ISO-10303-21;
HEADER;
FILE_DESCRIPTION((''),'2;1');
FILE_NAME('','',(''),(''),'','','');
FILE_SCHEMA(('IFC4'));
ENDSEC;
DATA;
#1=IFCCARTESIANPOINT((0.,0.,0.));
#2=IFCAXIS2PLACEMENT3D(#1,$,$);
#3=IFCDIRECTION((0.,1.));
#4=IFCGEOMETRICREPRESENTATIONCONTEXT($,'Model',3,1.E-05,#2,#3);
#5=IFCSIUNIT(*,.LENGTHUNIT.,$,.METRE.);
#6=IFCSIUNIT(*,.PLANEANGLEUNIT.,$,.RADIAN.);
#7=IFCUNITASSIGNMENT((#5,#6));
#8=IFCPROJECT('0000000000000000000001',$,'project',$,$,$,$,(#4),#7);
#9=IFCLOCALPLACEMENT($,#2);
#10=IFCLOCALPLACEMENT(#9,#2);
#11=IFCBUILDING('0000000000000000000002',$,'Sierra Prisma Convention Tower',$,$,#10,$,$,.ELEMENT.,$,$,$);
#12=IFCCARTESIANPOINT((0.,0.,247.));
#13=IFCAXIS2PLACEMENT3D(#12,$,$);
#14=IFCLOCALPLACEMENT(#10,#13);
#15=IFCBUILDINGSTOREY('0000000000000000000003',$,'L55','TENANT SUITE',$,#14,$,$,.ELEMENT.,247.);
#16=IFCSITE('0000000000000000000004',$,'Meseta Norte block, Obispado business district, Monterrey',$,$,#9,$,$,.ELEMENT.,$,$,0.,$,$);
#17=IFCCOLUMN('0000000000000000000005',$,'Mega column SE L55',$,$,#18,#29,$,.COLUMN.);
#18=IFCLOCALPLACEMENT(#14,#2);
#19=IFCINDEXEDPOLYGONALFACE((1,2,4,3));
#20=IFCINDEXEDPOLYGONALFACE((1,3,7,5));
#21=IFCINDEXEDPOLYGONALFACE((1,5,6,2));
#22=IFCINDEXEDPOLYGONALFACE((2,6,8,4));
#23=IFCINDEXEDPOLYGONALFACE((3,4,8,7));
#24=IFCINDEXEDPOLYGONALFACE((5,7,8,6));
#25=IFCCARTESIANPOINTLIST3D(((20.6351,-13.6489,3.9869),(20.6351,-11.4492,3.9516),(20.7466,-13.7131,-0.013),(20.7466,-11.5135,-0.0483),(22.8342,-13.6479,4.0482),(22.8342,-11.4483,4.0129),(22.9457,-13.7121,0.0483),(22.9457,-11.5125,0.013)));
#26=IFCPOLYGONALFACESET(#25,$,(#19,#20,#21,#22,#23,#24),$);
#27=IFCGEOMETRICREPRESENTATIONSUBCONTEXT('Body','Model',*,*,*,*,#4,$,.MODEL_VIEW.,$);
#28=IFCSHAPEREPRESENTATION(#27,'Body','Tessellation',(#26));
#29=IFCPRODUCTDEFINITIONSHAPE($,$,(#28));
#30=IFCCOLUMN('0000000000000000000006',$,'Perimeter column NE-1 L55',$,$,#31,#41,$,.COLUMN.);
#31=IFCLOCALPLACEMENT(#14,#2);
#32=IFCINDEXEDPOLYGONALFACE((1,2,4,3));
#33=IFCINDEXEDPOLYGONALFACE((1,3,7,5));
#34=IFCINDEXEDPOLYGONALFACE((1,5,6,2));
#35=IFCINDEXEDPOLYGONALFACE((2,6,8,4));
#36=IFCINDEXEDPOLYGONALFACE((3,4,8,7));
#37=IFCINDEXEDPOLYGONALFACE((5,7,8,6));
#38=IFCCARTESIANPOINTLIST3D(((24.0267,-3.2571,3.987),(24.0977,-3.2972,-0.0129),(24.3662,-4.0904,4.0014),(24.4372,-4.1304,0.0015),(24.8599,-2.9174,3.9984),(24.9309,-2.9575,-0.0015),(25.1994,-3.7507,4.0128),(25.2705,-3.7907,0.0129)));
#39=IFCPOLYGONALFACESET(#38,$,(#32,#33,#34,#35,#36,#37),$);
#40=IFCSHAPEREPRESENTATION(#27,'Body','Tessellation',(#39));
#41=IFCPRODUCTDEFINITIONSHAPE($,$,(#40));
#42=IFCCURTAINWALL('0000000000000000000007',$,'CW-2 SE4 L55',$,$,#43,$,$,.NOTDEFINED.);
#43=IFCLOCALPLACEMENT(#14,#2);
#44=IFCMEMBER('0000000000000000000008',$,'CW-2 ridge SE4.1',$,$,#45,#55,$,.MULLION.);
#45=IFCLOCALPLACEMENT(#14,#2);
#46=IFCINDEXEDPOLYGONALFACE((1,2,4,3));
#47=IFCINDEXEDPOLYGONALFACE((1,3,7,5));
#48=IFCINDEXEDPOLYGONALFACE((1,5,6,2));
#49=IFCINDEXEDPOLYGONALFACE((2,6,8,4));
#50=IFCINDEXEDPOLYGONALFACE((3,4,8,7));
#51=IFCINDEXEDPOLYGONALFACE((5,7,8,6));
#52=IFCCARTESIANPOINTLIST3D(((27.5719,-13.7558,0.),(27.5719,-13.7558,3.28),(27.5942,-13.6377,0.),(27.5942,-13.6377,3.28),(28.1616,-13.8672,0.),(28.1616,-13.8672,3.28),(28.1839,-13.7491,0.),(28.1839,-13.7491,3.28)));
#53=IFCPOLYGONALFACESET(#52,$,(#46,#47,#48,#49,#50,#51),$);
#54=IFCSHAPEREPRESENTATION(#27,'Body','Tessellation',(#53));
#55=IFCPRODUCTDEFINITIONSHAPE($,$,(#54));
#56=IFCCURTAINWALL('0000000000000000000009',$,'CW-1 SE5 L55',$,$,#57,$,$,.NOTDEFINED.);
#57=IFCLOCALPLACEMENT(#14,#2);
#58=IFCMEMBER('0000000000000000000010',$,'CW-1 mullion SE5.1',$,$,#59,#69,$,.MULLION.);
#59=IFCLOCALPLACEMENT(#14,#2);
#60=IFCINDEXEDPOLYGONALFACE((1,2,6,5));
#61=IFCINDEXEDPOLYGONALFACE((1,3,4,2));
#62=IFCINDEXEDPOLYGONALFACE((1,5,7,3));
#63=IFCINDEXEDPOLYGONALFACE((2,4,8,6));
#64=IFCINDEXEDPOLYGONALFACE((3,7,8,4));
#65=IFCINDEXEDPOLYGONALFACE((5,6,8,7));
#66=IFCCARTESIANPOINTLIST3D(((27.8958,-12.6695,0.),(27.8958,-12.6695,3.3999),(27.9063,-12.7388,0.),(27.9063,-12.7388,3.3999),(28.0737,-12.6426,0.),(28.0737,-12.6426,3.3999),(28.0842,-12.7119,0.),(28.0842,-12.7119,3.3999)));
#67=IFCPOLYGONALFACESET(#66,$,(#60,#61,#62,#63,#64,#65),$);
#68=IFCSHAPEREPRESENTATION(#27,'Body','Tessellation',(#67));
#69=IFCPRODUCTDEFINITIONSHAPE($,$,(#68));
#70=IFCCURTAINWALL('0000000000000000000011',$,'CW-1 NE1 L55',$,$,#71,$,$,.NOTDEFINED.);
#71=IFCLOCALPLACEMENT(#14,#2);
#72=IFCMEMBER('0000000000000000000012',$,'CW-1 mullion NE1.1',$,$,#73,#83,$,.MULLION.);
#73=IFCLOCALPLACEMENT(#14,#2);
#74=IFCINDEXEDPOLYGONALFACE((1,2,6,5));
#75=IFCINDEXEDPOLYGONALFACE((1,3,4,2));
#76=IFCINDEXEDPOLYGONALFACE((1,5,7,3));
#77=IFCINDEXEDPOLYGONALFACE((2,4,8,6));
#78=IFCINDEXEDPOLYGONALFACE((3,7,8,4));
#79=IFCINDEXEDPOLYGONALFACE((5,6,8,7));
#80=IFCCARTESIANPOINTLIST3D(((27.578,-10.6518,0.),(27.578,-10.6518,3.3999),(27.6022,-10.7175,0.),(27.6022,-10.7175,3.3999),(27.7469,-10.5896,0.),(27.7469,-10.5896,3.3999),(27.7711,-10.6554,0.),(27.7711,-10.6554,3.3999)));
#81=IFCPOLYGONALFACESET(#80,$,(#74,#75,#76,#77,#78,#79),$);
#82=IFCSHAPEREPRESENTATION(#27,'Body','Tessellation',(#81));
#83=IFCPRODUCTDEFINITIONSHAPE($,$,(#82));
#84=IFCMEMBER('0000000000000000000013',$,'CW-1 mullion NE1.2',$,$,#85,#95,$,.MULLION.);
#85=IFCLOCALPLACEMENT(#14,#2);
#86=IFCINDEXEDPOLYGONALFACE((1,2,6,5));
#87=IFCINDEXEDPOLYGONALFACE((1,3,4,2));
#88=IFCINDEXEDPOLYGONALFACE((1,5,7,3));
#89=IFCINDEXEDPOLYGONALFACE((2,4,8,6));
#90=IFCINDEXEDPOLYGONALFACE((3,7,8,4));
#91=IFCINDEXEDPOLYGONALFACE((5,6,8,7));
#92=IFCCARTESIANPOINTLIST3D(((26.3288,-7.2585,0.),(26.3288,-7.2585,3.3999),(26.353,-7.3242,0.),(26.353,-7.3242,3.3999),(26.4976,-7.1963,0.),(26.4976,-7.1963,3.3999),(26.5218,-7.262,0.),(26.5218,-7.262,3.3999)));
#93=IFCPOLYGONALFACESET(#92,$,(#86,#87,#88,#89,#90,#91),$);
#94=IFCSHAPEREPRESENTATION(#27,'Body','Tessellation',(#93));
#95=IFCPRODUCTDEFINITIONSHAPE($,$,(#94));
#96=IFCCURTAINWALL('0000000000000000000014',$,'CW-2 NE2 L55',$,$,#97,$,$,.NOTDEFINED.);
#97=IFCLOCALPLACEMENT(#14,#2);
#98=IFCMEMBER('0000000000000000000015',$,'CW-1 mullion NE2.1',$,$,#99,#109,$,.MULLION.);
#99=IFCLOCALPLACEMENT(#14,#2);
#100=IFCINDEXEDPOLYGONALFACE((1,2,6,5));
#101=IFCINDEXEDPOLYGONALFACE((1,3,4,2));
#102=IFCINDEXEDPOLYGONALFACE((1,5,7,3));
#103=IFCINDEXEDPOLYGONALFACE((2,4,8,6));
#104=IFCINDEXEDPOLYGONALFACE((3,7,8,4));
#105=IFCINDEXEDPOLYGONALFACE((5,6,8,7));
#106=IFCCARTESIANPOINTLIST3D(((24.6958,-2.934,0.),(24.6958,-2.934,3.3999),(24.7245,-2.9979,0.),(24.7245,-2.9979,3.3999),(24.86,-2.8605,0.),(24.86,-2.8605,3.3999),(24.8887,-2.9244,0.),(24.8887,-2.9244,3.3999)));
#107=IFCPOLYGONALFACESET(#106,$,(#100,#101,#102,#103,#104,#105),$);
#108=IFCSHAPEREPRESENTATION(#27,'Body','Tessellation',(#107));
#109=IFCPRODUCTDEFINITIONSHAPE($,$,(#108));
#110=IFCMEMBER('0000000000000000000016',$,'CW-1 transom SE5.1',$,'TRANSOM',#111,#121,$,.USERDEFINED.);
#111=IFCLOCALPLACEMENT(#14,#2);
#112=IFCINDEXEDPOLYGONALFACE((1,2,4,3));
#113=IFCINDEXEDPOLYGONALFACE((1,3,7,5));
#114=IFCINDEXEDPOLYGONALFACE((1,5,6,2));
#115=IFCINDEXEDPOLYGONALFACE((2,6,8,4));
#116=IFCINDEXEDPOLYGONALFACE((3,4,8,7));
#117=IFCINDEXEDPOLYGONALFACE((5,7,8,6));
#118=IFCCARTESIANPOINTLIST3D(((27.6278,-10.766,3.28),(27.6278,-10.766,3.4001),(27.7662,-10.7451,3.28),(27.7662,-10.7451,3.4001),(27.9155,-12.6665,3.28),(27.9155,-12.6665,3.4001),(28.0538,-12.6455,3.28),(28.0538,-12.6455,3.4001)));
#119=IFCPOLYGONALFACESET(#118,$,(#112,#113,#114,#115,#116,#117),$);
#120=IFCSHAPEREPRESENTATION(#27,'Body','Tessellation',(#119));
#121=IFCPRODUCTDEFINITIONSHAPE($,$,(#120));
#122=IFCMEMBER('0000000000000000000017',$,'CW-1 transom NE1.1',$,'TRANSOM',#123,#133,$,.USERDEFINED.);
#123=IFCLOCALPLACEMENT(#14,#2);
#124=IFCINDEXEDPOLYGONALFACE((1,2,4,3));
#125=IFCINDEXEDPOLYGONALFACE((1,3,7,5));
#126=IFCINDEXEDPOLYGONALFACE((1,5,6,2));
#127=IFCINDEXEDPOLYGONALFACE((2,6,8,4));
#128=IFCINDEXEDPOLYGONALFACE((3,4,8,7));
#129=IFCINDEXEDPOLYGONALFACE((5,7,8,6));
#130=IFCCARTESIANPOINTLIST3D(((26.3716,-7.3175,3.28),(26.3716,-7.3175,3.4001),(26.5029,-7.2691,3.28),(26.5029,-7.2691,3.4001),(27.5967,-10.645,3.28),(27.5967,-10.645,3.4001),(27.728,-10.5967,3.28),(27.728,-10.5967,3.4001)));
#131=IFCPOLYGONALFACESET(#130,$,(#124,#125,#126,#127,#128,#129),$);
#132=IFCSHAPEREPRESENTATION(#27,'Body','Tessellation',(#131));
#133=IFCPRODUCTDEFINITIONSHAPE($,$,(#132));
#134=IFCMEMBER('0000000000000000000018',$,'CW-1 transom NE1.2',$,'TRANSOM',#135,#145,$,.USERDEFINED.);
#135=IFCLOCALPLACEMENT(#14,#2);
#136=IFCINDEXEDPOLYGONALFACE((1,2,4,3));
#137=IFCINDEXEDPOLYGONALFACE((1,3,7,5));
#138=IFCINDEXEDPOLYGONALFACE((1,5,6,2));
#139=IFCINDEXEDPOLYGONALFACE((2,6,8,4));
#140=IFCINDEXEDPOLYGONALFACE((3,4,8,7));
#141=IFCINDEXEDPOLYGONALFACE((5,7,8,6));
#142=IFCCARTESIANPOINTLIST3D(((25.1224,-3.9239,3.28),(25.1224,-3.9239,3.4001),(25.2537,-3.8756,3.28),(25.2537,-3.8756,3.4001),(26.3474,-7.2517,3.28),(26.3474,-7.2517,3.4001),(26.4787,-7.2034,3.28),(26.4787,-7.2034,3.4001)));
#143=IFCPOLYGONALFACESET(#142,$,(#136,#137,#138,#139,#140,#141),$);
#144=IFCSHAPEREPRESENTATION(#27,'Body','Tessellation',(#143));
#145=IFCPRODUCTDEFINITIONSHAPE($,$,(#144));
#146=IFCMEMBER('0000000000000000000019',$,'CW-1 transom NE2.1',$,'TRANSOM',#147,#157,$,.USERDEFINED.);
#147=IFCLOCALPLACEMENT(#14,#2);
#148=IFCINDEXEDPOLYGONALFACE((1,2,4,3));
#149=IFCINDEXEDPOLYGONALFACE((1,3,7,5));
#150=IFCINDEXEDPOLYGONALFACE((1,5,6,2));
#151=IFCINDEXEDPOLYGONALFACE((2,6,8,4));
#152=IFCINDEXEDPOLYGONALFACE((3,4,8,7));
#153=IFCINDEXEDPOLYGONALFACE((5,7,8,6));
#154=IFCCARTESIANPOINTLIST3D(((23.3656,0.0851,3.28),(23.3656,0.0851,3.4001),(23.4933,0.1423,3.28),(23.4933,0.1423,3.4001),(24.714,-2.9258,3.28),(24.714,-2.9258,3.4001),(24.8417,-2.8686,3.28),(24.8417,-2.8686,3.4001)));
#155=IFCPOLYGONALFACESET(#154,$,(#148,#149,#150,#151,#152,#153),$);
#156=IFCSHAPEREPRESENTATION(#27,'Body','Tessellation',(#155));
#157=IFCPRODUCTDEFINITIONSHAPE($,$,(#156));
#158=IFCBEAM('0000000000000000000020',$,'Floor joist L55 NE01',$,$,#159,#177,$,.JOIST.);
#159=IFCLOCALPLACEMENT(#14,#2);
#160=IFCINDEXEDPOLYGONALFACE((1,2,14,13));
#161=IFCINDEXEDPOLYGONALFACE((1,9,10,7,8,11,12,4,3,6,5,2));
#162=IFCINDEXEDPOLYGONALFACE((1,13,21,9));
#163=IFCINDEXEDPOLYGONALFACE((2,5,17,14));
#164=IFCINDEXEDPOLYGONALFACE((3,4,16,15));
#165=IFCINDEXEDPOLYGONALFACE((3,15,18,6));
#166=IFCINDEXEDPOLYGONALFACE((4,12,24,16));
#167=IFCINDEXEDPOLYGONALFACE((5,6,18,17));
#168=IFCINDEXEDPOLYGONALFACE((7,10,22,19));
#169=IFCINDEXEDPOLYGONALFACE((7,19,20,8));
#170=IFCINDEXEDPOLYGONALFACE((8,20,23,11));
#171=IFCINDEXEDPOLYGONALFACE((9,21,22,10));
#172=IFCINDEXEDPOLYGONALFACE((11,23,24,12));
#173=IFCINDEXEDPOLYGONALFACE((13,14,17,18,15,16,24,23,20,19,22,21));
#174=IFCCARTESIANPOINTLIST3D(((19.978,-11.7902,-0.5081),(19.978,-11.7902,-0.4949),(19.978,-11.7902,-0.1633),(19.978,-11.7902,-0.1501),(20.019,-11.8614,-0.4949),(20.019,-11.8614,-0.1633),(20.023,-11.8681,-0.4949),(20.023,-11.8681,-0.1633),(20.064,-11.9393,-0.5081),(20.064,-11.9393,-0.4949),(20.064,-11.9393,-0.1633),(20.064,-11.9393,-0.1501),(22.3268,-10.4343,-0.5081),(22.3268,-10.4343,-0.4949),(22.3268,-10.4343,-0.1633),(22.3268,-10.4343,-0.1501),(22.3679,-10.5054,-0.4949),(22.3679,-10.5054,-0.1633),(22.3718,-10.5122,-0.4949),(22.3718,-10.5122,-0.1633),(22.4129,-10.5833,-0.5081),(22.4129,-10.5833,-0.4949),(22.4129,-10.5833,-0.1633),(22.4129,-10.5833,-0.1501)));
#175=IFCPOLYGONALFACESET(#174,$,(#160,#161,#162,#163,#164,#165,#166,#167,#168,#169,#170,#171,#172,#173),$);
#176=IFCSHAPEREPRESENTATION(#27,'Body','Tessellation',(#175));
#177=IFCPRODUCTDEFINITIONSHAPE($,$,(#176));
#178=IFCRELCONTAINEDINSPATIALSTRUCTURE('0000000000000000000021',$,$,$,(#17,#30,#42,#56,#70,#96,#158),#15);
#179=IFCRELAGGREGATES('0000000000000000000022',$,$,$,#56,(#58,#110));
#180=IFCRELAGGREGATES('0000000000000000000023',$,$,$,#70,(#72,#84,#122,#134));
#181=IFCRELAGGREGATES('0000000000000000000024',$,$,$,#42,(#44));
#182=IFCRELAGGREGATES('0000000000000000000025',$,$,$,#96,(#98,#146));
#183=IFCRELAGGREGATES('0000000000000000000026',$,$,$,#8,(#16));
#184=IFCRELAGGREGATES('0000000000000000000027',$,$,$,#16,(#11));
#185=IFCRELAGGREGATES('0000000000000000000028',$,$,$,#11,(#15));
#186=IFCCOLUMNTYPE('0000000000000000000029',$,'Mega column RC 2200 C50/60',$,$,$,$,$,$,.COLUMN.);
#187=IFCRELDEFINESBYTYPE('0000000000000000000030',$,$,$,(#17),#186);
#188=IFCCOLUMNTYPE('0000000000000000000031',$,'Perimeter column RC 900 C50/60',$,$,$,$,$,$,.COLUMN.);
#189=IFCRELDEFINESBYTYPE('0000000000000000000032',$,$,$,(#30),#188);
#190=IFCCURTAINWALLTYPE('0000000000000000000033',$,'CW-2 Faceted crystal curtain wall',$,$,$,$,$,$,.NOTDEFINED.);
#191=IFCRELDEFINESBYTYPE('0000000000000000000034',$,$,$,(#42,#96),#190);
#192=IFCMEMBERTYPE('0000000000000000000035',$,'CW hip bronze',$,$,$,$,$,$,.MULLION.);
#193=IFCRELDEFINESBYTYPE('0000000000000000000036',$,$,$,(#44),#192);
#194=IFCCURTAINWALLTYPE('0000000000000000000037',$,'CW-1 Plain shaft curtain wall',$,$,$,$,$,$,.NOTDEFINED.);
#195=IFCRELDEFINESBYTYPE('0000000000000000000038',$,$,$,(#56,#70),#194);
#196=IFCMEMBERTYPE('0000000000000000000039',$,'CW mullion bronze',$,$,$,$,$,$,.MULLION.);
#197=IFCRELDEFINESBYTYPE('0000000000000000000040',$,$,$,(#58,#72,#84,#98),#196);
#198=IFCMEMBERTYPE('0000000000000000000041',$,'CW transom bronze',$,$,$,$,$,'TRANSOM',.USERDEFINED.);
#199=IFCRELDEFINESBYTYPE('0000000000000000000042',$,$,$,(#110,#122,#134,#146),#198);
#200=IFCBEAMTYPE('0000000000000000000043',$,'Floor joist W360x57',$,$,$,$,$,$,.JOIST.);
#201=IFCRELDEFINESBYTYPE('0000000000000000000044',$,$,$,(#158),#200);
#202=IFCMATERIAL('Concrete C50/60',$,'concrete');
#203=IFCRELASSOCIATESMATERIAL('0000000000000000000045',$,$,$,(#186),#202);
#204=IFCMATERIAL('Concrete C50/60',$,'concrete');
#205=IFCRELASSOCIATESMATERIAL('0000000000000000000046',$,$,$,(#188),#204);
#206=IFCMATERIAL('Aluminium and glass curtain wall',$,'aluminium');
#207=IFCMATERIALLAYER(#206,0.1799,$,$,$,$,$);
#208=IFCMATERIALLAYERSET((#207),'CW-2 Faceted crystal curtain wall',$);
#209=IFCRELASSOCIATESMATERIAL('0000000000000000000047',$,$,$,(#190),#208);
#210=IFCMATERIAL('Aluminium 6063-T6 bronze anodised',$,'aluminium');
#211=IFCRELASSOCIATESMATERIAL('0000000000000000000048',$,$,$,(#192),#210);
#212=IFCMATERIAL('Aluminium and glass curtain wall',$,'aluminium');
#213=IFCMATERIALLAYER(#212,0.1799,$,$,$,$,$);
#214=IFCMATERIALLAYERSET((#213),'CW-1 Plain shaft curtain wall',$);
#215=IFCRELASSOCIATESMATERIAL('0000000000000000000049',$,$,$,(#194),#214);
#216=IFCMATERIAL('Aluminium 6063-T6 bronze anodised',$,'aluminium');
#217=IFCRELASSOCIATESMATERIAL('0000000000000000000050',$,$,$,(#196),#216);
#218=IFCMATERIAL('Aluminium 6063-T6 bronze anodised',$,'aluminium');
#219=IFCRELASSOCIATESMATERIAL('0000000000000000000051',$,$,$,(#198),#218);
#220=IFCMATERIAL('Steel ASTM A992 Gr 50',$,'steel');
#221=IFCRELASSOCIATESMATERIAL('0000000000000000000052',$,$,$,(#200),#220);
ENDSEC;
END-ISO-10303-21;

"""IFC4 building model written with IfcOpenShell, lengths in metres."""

from ifc_helpers import new_model, si_unit, direction, frame, origin, origin_2d, place, context, subcontext, project, spatial, rectangle, i_section, extrude, material, layer, layer_set, material_profile, profile_set, type_object, element, aggregate, save


model = new_model("IFC4")

# Units and contexts
model_context = context("Model", 3, precision=1e-05, world=origin(), true_north=direction((0.0, 1.0)))
body_context = subcontext(model_context, "Body", "Model", "MODEL_VIEW")
ifc_project = project(units=[si_unit("LENGTHUNIT", "METRE"), si_unit("PLANEANGLEUNIT", "RADIAN")], contexts=[model_context])

# Site, building, storey
site_placement = place(None, origin())
site = spatial("IfcSite", under=ifc_project, at=site_placement, Name="Meseta Norte block, Obispado business district, Monterrey", CompositionType="ELEMENT", RefElevation=0.0)
building_placement = place(site_placement, origin())
building = spatial("IfcBuilding", under=site, at=building_placement, Name="Sierra Prisma Convention Tower", CompositionType="ELEMENT")
storey_placement = place(building_placement, frame((0.0, 0.0, 247.0)))
storey = spatial("IfcBuildingStorey", under=building, at=storey_placement, Name="L55", Description="TENANT SUITE", CompositionType="ELEMENT", Elevation=247.0)

# Columns
ifc_material_1 = material(Name="Concrete C50/60", Category="concrete")
ifc_material_profile_1 = material_profile(ifc_material_1, rectangle(XDim=2.2, YDim=2.2, at=origin_2d()), Name="Mega column RC 2200 C50/60")
ifc_profile_set_1 = profile_set([ifc_material_profile_1], Name="Concrete C50/60")
column_type_1 = type_object("IfcColumnType", Name="Mega column RC 2200 C50/60", PredefinedType="COLUMN", material=ifc_profile_set_1)
column_1_placement = place(storey_placement, frame((21.8462, -12.6128, 0.0), z_axis=(-0.027879, 0.016044, 0.999483), x_axis=(0.999611, 0.000447, 0.027875)))
element("IfcColumn", 1, at=column_1_placement, inside=storey, type_object=column_type_1, Name="Mega column SE L55", PredefinedType="COLUMN", context=body_context, shape_type="SweptSolid", body=[
    extrude(rectangle(XDim=2.2, YDim=2.2, at=origin_2d()), origin(), (0.0, 0.0, 1.0), 4.002),
])
ifc_material_2 = material(Name="Concrete C50/60", Category="concrete")
ifc_material_profile_2 = material_profile(ifc_material_2, rectangle(XDim=0.8999, YDim=0.8999, at=origin_2d()), Name="Perimeter column RC 900 C50/60")
ifc_profile_set_2 = profile_set([ifc_material_profile_2], Name="Concrete C50/60")
column_type_2 = type_object("IfcColumnType", Name="Perimeter column RC 900 C50/60", PredefinedType="COLUMN", material=ifc_profile_set_2)
column_2_placement = place(storey_placement, frame((24.6841, -3.5439, 0.0), z_axis=(-0.017758, 0.010008, 0.999792), x_axis=(-0.377288, 0.925958, -0.01597)))
element("IfcColumn", 2, at=column_2_placement, inside=storey, type_object=column_type_2, Name="Perimeter column NE-1 L55", PredefinedType="COLUMN", context=body_context, shape_type="SweptSolid", body=[
    extrude(rectangle(XDim=0.8999, YDim=0.8999, at=origin_2d()), origin(), (0.0, 0.0, 1.0), 4.0007),
])

# Curtain walls, members
ifc_material_3 = material(Name="Aluminium and glass curtain wall", Category="aluminium")
ifc_layer_1 = layer(ifc_material_3, 0.1799)
ifc_layer_set_1 = layer_set([ifc_layer_1], Name="CW-2 Faceted crystal curtain wall")
curtain_wall_type_1 = type_object("IfcCurtainWallType", Name="CW-2 Faceted crystal curtain wall", PredefinedType="NOTDEFINED", material=ifc_layer_set_1)
curtain_wall_1_placement = place(storey_placement, origin())
curtain_wall_1 = element("IfcCurtainWall", 3, at=curtain_wall_1_placement, inside=storey, type_object=curtain_wall_type_1, Name="CW-2 SE4 L55", PredefinedType="NOTDEFINED")
ifc_material_4 = material(Name="Aluminium 6063-T6 bronze anodised", Category="aluminium")
ifc_material_profile_3 = material_profile(ifc_material_4, rectangle(XDim=0.1201, YDim=0.6001, at=origin_2d()), Name="ALU RIDGE BLADE 120x600")
ifc_profile_set_3 = profile_set([ifc_material_profile_3], Name="Aluminium 6063-T6 bronze anodised")
member_type_1 = type_object("IfcMemberType", Name="CW hip bronze", PredefinedType="MULLION", material=ifc_profile_set_3)
member_1_placement = place(storey_placement, frame((27.8779, -13.7524, 0.0), z_axis=(0.0, 0.0, 1.0), x_axis=(0.185638, 0.982618, 0.0)))
member_1 = element("IfcMember", 4, at=member_1_placement, type_object=member_type_1, Name="CW-2 ridge SE4.1", PredefinedType="MULLION", context=body_context, shape_type="SweptSolid", body=[
    extrude(rectangle(XDim=0.1201, YDim=0.6001, at=origin_2d()), origin(), (0.0, 0.0, 1.0), 3.28),
])
ifc_material_5 = material(Name="Aluminium and glass curtain wall", Category="aluminium")
ifc_layer_2 = layer(ifc_material_5, 0.1799)
ifc_layer_set_2 = layer_set([ifc_layer_2], Name="CW-1 Plain shaft curtain wall")
curtain_wall_type_2 = type_object("IfcCurtainWallType", Name="CW-1 Plain shaft curtain wall", PredefinedType="NOTDEFINED", material=ifc_layer_set_2)
curtain_wall_2_placement = place(storey_placement, origin())
curtain_wall_2 = element("IfcCurtainWall", 5, at=curtain_wall_2_placement, inside=storey, type_object=curtain_wall_type_2, Name="CW-1 SE5 L55", PredefinedType="NOTDEFINED")
ifc_material_6 = material(Name="Aluminium 6063-T6 bronze anodised", Category="aluminium")
ifc_material_profile_4 = material_profile(ifc_material_6, rectangle(XDim=0.1799, YDim=0.0701, at=origin_2d()), Name="ALU MULLION 70x180")
ifc_profile_set_4 = profile_set([ifc_material_profile_4], Name="Aluminium 6063-T6 bronze anodised")
member_type_2 = type_object("IfcMemberType", Name="CW mullion bronze", PredefinedType="MULLION", material=ifc_profile_set_4)
member_2_placement = place(storey_placement, frame((27.99, -12.6907, 0.0), z_axis=(0.0, 0.0, 1.0), x_axis=(-0.988748, -0.149594, 0.0)))
member_2 = element("IfcMember", 6, at=member_2_placement, type_object=member_type_2, Name="CW-1 mullion SE5.1", PredefinedType="MULLION", context=body_context, shape_type="SweptSolid", body=[
    extrude(rectangle(XDim=0.1799, YDim=0.0701, at=origin_2d()), origin(), (0.0, 0.0, 1.0), 3.3999),
])

# Curtain wall, members
curtain_wall_3_placement = place(storey_placement, origin())
curtain_wall_3 = element("IfcCurtainWall", 7, at=curtain_wall_3_placement, inside=storey, type_object=curtain_wall_type_2, Name="CW-1 NE1 L55", PredefinedType="NOTDEFINED")
member_3_placement = place(storey_placement, frame((27.6746, -10.6536, 0.0), z_axis=(0.0, 0.0, 1.0), x_axis=(-0.938422, -0.345492, 0.0)))
member_3 = element("IfcMember", 8, at=member_3_placement, type_object=member_type_2, Name="CW-1 mullion NE1.1", PredefinedType="MULLION", context=body_context, shape_type="SweptSolid", body=[
    extrude(rectangle(XDim=0.1799, YDim=0.0701, at=origin_2d()), origin(), (0.0, 0.0, 1.0), 3.3999),
])
member_4_placement = place(storey_placement, frame((26.4253, -7.2603, 0.0), z_axis=(0.0, 0.0, 1.0), x_axis=(-0.938422, -0.345492, 0.0)))
member_4 = element("IfcMember", 9, at=member_4_placement, type_object=member_type_2, Name="CW-1 mullion NE1.2", PredefinedType="MULLION", context=body_context, shape_type="SweptSolid", body=[
    extrude(rectangle(XDim=0.1799, YDim=0.0701, at=origin_2d()), origin(), (0.0, 0.0, 1.0), 3.3999),
])

# Curtain wall, member
curtain_wall_4_placement = place(storey_placement, origin())
curtain_wall_4 = element("IfcCurtainWall", 10, at=curtain_wall_4_placement, inside=storey, type_object=curtain_wall_type_1, Name="CW-2 NE2 L55", PredefinedType="NOTDEFINED")
member_5_placement = place(storey_placement, frame((24.7922, -2.9292, 0.0), z_axis=(0.0, 0.0, 1.0), x_axis=(-0.912641, -0.408762, 0.0)))
member_5 = element("IfcMember", 11, at=member_5_placement, type_object=member_type_2, Name="CW-1 mullion NE2.1", PredefinedType="MULLION", context=body_context, shape_type="SweptSolid", body=[
    extrude(rectangle(XDim=0.1799, YDim=0.0701, at=origin_2d()), origin(), (0.0, 0.0, 1.0), 3.3999),
])

# Members
ifc_material_7 = material(Name="Aluminium 6063-T6 bronze anodised", Category="aluminium")
ifc_material_profile_5 = material_profile(ifc_material_7, rectangle(XDim=0.1399, YDim=0.1201, at=origin_2d()), Name="ALU TRANSOM 120x140")
ifc_profile_set_5 = profile_set([ifc_material_profile_5], Name="Aluminium 6063-T6 bronze anodised")
member_type_3 = type_object("IfcMemberType", Name="CW transom bronze", ElementType="TRANSOM", PredefinedType="USERDEFINED", material=ifc_profile_set_5)
member_6_placement = place(storey_placement, frame((27.9846, -12.656, 3.3401), z_axis=(-0.149632, 0.988742, 0.0), x_axis=(-0.988742, -0.149632, 0.0)))
member_6 = element("IfcMember", 12, at=member_6_placement, type_object=member_type_3, Name="CW-1 transom SE5.1", ObjectType="TRANSOM", PredefinedType="USERDEFINED", context=body_context, shape_type="SweptSolid", body=[
    extrude(rectangle(XDim=0.1399, YDim=0.1201, at=origin_2d()), origin(), (0.0, 0.0, 1.0), 1.9221),
])
member_7_placement = place(storey_placement, frame((27.6624, -10.6208, 3.3401), z_axis=(-0.345488, 0.938423, 0.0), x_axis=(-0.938423, -0.345488, 0.0)))
member_7 = element("IfcMember", 13, at=member_7_placement, type_object=member_type_3, Name="CW-1 transom NE1.1", ObjectType="TRANSOM", PredefinedType="USERDEFINED", context=body_context, shape_type="SweptSolid", body=[
    extrude(rectangle(XDim=0.1399, YDim=0.1201, at=origin_2d()), origin(), (0.0, 0.0, 1.0), 3.5459),
])
member_8_placement = place(storey_placement, frame((26.4131, -7.2275, 3.3401), z_axis=(-0.345466, 0.938431, 0.0), x_axis=(-0.938431, -0.345466, 0.0)))
member_8 = element("IfcMember", 14, at=member_8_placement, type_object=member_type_3, Name="CW-1 transom NE1.2", ObjectType="TRANSOM", PredefinedType="USERDEFINED", context=body_context, shape_type="SweptSolid", body=[
    extrude(rectangle(XDim=0.1399, YDim=0.1201, at=origin_2d()), origin(), (0.0, 0.0, 1.0), 3.5461),
])
member_9_placement = place(storey_placement, frame((24.7778, -2.8972, 3.3401), z_axis=(-0.408712, 0.912664, 0.0), x_axis=(-0.912664, -0.408712, 0.0)))
member_9 = element("IfcMember", 15, at=member_9_placement, type_object=member_type_3, Name="CW-1 transom NE2.1", ObjectType="TRANSOM", PredefinedType="USERDEFINED", context=body_context, shape_type="SweptSolid", body=[
    extrude(rectangle(XDim=0.1399, YDim=0.1201, at=origin_2d()), origin(), (0.0, 0.0, 1.0), 3.2991),
])

# Beam
ifc_material_8 = material(Name="Steel ASTM A992 Gr 50", Category="steel")
ifc_material_profile_6 = material_profile(ifc_material_8, i_section(OverallWidth=0.1721, OverallDepth=0.3579, WebThickness=0.0078, FlangeThickness=0.0132, at=origin_2d()), Name="W360x57")
ifc_profile_set_6 = profile_set([ifc_material_profile_6], Name="Steel ASTM A992 Gr 50")
beam_type_1 = type_object("IfcBeamType", Name="Floor joist W360x57", PredefinedType="JOIST", material=ifc_profile_set_6)
beam_1_placement = place(storey_placement, frame((22.3699, -10.5088, -0.3291), z_axis=(-0.866052, -0.499954, 0.0), x_axis=(0.499954, -0.866052, 0.0)))
element("IfcBeam", 16, at=beam_1_placement, inside=storey, type_object=beam_type_1, Name="Floor joist L55 NE01", PredefinedType="JOIST", context=body_context, shape_type="SweptSolid", body=[
    extrude(i_section(OverallWidth=0.1721, OverallDepth=0.3579, WebThickness=0.0078, FlangeThickness=0.0132, at=origin_2d()), origin(), (0.0, 0.0, 1.0), 2.7122),
])

aggregate(curtain_wall_2, [member_2, member_6])
aggregate(curtain_wall_3, [member_3, member_4, member_7, member_8])
aggregate(curtain_wall_1, [member_1])
aggregate(curtain_wall_4, [member_5, member_9])

save(model, "model.ifc")
